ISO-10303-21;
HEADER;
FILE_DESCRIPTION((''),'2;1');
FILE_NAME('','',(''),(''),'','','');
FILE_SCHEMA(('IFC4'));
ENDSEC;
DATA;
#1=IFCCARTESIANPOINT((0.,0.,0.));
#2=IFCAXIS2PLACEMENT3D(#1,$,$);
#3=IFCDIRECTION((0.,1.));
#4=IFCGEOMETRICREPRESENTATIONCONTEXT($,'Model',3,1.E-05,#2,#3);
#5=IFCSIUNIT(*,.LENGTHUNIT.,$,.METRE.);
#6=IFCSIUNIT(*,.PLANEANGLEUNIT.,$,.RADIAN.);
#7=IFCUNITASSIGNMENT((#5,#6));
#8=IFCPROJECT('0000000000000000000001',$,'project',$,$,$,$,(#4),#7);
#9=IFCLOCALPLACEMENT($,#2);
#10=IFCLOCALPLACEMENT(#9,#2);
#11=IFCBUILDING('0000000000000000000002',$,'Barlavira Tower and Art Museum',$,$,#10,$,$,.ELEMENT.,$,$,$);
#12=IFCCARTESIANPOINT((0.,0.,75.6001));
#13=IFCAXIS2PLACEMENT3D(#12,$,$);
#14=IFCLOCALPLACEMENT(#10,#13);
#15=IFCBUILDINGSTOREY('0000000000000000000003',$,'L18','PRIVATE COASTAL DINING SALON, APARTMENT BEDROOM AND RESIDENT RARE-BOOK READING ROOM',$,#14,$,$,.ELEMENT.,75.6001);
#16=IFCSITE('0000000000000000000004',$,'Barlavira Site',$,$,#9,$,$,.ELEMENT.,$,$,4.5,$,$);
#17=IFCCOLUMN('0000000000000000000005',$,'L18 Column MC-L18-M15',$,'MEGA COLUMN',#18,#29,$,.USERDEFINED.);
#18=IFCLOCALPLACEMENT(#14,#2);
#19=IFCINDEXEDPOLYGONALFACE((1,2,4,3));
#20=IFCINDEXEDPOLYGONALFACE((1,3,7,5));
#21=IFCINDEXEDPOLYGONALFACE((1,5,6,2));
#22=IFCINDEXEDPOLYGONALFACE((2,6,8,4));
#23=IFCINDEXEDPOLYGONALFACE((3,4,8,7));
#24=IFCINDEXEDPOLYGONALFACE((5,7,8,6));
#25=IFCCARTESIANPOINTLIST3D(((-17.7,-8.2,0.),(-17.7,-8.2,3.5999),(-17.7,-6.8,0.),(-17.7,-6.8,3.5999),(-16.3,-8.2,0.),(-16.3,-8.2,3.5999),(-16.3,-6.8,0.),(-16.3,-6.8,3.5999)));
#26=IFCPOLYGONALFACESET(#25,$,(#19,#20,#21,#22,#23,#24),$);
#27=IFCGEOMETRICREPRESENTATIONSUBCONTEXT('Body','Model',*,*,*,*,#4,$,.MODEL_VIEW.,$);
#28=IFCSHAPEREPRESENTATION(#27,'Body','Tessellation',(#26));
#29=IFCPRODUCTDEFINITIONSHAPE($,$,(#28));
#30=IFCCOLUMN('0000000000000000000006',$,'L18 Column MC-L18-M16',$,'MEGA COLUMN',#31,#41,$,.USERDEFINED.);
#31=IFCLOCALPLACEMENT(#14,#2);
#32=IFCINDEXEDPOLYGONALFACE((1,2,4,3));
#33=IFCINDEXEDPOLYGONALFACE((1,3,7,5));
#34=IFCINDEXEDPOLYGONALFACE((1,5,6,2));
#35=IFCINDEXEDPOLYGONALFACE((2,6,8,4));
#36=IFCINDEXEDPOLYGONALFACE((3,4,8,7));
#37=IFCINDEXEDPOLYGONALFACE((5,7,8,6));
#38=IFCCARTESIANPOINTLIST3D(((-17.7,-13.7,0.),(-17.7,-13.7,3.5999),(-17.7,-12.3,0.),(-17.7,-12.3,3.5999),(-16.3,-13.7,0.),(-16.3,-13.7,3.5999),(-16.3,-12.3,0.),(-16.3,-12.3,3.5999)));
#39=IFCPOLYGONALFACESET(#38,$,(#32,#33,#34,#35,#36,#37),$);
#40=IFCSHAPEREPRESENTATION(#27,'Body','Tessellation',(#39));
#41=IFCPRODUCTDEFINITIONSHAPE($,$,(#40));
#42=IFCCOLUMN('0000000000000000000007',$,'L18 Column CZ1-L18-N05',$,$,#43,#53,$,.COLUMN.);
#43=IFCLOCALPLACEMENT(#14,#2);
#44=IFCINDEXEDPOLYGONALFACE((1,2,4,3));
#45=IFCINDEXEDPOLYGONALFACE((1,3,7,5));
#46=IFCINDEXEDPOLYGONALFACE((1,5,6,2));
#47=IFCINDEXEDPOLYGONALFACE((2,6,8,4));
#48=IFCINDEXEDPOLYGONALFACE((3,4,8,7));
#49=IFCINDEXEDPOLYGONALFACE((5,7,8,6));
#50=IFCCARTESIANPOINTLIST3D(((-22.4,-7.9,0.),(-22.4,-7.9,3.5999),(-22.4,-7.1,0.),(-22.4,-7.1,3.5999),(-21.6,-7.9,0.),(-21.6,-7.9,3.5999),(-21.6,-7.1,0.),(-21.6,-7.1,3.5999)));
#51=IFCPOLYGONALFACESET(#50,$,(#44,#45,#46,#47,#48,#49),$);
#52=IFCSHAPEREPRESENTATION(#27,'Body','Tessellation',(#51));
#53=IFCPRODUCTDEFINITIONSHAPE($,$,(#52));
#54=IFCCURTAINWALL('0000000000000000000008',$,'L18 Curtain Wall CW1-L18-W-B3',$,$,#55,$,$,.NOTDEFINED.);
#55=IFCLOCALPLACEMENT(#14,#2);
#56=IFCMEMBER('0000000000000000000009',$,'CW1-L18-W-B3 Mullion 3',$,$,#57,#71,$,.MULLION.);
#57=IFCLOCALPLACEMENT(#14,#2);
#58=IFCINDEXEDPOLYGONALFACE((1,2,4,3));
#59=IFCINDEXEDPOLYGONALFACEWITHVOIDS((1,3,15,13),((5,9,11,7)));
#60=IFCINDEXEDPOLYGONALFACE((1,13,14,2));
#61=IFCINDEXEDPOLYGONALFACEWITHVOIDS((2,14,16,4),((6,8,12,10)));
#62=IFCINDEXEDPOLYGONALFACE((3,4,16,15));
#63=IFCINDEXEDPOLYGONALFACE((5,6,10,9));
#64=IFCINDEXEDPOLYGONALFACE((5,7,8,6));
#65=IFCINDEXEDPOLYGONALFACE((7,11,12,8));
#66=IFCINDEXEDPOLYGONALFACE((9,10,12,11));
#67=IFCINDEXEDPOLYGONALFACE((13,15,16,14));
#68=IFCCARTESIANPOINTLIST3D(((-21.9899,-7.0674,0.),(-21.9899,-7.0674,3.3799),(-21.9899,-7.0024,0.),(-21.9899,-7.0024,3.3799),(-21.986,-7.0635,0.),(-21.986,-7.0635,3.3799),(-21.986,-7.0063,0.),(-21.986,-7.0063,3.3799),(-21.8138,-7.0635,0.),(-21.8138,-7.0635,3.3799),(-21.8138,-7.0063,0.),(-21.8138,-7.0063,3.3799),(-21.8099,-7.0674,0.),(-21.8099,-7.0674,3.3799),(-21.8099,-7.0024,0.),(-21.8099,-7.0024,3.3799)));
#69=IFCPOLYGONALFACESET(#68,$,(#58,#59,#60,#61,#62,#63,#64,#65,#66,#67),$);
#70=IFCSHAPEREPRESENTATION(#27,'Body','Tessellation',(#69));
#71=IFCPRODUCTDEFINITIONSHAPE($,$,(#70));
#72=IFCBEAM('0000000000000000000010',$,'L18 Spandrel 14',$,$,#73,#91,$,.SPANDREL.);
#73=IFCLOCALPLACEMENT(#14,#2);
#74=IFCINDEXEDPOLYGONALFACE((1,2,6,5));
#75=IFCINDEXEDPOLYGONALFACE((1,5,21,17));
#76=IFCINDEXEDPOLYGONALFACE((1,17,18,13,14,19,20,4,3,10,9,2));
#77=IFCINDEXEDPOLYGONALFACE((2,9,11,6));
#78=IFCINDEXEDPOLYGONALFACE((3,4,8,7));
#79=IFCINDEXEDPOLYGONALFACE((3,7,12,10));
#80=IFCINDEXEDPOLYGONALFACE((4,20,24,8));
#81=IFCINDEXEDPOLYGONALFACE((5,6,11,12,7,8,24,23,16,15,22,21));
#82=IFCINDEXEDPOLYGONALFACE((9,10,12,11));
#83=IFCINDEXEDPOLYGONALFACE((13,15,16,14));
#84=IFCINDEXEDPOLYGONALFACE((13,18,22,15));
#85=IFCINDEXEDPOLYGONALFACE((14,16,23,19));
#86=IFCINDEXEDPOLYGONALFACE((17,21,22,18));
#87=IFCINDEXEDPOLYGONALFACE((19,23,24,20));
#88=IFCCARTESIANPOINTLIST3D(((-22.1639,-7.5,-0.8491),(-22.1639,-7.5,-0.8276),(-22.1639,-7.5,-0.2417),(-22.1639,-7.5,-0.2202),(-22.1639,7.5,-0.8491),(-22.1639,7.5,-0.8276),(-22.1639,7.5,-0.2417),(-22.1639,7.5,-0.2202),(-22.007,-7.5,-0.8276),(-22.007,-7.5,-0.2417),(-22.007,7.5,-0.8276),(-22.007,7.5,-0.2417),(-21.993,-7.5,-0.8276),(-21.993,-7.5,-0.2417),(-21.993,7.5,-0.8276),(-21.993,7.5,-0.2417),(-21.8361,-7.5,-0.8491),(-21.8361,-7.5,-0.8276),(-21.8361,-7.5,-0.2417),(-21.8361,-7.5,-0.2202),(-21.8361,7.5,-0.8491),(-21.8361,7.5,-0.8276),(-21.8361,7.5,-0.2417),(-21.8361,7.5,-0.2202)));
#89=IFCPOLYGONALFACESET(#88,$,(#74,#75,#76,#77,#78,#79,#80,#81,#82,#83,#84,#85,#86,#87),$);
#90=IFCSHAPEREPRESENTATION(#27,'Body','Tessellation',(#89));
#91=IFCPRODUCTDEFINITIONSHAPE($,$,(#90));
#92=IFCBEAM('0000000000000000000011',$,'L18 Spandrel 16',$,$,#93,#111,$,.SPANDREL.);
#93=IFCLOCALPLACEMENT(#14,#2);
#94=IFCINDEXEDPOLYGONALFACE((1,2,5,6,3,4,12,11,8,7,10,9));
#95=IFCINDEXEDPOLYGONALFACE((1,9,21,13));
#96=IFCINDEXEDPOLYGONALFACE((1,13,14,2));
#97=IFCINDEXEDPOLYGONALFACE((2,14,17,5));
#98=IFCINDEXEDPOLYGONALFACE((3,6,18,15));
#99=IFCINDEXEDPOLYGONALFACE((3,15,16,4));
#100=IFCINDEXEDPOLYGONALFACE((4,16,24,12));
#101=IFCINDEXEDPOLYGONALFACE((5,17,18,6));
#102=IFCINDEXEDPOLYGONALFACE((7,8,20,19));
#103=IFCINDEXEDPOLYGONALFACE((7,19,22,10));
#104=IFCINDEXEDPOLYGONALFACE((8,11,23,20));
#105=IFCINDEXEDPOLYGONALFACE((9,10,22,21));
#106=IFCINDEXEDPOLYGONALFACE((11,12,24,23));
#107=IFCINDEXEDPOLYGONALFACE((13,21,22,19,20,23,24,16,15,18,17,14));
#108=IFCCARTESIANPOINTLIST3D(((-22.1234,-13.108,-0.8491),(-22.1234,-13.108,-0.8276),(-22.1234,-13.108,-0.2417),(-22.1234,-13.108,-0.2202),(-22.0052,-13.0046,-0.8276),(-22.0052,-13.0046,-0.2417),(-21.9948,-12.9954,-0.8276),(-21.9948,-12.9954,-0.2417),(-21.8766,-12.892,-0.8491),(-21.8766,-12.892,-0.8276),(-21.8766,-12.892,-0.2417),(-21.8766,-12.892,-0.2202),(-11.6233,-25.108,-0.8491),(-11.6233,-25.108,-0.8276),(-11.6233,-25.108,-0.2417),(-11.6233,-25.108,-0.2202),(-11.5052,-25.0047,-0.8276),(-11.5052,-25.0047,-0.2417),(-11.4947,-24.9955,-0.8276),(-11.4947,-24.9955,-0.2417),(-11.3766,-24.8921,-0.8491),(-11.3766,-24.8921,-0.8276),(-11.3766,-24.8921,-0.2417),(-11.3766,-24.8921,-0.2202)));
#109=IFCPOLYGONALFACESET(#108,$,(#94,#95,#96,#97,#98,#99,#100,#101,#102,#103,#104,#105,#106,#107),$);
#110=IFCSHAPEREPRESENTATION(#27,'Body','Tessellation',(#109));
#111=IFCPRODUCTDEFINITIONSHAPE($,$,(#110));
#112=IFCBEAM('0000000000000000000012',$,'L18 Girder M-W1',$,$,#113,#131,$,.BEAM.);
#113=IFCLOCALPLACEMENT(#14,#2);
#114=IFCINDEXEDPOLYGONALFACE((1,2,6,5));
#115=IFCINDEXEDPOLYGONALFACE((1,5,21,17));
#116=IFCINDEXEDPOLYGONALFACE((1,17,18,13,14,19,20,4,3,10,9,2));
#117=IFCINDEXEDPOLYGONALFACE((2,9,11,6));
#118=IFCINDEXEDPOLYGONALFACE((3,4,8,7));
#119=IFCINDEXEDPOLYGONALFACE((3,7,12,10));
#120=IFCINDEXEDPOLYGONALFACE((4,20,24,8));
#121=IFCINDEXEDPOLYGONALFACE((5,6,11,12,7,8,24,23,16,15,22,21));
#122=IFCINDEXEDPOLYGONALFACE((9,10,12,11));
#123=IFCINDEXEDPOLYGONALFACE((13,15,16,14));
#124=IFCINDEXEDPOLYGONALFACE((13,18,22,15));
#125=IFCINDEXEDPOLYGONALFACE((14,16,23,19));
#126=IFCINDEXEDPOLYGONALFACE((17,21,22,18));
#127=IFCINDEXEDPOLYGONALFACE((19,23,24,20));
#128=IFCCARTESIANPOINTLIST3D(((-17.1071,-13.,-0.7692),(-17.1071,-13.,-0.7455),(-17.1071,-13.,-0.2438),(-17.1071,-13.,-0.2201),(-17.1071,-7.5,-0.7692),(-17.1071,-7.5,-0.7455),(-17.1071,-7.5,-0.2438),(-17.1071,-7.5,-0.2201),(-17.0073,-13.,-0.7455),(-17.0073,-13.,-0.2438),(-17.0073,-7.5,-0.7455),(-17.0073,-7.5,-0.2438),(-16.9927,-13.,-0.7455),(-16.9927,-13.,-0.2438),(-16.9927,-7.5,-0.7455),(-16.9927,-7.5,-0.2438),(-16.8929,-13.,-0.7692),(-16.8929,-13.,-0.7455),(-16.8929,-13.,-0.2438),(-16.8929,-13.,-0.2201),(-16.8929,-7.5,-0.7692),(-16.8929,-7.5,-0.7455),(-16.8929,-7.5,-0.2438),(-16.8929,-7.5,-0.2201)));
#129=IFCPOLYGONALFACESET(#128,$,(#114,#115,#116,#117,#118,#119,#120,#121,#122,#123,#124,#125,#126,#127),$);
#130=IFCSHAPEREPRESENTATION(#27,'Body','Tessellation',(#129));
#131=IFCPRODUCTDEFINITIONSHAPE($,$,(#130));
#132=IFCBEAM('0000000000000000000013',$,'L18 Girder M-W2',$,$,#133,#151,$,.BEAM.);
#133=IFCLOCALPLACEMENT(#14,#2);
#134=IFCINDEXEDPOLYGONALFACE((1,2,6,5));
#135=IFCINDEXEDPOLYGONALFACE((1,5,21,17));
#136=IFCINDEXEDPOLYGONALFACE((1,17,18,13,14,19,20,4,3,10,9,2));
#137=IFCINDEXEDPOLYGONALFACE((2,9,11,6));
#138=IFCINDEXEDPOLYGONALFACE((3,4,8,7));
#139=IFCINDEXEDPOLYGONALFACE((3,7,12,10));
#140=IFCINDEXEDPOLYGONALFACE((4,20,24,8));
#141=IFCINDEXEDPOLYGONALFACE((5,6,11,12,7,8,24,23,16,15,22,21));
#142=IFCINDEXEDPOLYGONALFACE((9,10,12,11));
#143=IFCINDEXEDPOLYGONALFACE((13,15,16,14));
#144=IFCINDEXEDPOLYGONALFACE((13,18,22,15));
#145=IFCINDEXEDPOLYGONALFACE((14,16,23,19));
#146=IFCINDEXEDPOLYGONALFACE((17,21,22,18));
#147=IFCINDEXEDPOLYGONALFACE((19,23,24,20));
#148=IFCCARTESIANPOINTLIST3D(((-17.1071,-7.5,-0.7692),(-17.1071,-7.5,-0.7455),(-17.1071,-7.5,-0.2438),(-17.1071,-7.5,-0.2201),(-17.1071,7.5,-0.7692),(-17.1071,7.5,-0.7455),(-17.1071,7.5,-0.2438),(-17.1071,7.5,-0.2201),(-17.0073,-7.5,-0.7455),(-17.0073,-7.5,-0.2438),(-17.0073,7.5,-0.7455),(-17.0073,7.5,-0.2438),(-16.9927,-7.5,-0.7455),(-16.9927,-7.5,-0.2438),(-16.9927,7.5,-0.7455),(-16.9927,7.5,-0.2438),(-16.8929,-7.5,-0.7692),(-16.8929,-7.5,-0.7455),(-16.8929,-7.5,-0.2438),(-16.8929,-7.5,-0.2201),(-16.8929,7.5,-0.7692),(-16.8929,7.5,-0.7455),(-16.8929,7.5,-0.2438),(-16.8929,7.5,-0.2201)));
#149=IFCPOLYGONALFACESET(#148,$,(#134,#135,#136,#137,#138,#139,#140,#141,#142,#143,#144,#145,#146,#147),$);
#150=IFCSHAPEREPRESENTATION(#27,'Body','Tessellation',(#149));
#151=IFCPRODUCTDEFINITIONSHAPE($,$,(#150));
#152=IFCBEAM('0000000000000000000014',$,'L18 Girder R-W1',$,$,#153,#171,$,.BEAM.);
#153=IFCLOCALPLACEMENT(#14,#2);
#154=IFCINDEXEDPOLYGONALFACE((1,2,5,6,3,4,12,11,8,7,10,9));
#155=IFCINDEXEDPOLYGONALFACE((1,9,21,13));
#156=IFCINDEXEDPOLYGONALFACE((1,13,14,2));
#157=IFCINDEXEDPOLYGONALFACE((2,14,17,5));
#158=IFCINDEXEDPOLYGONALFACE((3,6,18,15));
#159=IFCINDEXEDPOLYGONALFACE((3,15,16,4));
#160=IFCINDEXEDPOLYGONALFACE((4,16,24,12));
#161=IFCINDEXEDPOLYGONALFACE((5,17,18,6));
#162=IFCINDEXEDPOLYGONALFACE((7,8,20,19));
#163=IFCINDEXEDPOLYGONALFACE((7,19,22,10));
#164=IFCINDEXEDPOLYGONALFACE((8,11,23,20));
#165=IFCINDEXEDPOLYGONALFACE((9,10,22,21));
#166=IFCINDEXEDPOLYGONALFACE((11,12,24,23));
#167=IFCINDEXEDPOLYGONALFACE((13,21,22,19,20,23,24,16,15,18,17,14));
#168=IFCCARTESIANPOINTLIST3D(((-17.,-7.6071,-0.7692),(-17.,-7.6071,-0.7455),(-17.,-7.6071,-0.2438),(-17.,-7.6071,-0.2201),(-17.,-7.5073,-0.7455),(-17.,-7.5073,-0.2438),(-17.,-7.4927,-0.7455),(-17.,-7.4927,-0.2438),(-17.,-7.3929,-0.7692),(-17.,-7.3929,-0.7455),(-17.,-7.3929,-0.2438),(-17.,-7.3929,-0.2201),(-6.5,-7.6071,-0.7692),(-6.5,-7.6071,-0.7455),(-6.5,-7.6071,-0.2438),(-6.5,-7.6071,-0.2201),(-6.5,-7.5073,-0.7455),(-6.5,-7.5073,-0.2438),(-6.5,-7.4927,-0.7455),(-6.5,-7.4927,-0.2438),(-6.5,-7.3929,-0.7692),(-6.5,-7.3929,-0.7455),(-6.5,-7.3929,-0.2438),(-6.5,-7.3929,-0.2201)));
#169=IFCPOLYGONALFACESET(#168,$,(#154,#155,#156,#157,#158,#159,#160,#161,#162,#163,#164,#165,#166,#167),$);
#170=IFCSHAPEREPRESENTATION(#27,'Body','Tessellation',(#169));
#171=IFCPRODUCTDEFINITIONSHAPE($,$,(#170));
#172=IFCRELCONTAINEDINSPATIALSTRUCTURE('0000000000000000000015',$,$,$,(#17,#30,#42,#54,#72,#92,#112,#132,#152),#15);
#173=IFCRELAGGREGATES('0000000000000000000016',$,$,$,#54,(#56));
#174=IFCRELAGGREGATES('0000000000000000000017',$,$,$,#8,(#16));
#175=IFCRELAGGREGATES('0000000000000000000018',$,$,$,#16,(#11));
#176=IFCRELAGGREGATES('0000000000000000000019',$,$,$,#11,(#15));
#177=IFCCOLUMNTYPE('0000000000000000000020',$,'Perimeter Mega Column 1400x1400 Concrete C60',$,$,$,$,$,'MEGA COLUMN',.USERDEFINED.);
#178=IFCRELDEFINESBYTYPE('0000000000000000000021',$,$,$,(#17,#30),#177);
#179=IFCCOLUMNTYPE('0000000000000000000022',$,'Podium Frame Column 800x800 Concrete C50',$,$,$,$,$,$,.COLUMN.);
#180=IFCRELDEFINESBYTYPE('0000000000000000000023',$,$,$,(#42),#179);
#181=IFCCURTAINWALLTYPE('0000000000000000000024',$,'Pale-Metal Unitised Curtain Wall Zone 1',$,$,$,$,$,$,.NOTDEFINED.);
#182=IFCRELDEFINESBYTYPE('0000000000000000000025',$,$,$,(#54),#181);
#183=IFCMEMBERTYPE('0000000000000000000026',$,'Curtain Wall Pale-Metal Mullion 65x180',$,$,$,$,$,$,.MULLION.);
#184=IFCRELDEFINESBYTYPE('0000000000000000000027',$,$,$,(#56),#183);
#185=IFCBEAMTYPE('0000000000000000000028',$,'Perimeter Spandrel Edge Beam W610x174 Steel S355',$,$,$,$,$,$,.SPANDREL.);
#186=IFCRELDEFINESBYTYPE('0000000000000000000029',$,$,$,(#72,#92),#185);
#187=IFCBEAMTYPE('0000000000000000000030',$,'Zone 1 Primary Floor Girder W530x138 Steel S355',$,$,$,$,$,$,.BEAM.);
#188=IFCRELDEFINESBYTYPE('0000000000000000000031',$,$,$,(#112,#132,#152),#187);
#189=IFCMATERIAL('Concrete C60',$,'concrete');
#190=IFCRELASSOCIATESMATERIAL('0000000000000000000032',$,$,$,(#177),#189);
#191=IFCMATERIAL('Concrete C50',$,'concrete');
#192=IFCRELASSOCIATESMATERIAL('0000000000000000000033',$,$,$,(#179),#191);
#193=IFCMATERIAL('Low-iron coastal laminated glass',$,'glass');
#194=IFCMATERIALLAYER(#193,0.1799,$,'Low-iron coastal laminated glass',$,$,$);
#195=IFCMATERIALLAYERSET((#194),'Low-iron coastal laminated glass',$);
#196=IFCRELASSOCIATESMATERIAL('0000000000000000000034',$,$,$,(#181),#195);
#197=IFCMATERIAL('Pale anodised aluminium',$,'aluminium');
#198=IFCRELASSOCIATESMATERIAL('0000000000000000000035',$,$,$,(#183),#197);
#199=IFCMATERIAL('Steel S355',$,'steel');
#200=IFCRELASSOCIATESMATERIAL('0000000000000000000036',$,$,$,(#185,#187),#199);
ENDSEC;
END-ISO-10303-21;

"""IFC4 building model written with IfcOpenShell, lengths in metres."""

from ifc_helpers import new_model, si_unit, direction, frame, origin, origin_2d, place, context, subcontext, project, spatial, rectangle, hollow_rectangle, i_section, extrude, material, layer, layer_set, material_profile, profile_set, type_object, element, aggregate, save


model = new_model("IFC4")

# Units and contexts
model_context = context("Model", 3, precision=1e-05, world=origin(), true_north=direction((0.0, 1.0)))
body_context = subcontext(model_context, "Body", "Model", "MODEL_VIEW")
ifc_project = project(units=[si_unit("LENGTHUNIT", "METRE"), si_unit("PLANEANGLEUNIT", "RADIAN")], contexts=[model_context])

# Site, building, storey
site_placement = place(None, origin())
site = spatial("IfcSite", under=ifc_project, at=site_placement, Name="Barlavira Site", CompositionType="ELEMENT", RefElevation=4.5)
building_placement = place(site_placement, origin())
building = spatial("IfcBuilding", under=site, at=building_placement, Name="Barlavira Tower and Art Museum", CompositionType="ELEMENT")
storey_placement = place(building_placement, frame((0.0, 0.0, 75.6001)))
storey = spatial("IfcBuildingStorey", under=building, at=storey_placement, Name="L18", Description="PRIVATE COASTAL DINING SALON, APARTMENT BEDROOM AND RESIDENT RARE-BOOK READING ROOM", CompositionType="ELEMENT", Elevation=75.6001)

# Columns
ifc_material_1 = material(Name="Concrete C60", Category="concrete")
ifc_material_profile_1 = material_profile(ifc_material_1, rectangle(XDim=1.3999, YDim=1.3999, at=origin_2d()), Name="RC-MCOL 1400x1400")
ifc_profile_set_1 = profile_set([ifc_material_profile_1], Name="Concrete C60")
column_type_1 = type_object("IfcColumnType", Name="Perimeter Mega Column 1400x1400 Concrete C60", ElementType="MEGA COLUMN", PredefinedType="USERDEFINED", material=ifc_profile_set_1)
for number, where, z_axis, x_axis, name in (
    (1, (-17.0, -7.5, 0.0), (0.0, 0.0, 1.0), (1.0, 0.0, 0.0), "L18 Column MC-L18-M15"),
    (2, (-17.0, -13.0, 0.0), (0.0, 0.0, 1.0), (1.0, 0.0, 0.0), "L18 Column MC-L18-M16"),
):
    element("IfcColumn", number, at=place(storey_placement, frame(where, z_axis=z_axis, x_axis=x_axis)), inside=storey, type_object=column_type_1, Name=name, ObjectType="MEGA COLUMN", PredefinedType="USERDEFINED", context=body_context, shape_type="SweptSolid", body=[
        extrude(rectangle(XDim=1.3999, YDim=1.3999, at=origin_2d()), origin(), (0.0, 0.0, 1.0), 3.5999),
    ])
ifc_material_2 = material(Name="Concrete C50", Category="concrete")
ifc_material_profile_2 = material_profile(ifc_material_2, rectangle(XDim=0.8, YDim=0.8, at=origin_2d()), Name="RC-COL 800x800")
ifc_profile_set_2 = profile_set([ifc_material_profile_2], Name="Concrete C50")
column_type_2 = type_object("IfcColumnType", Name="Podium Frame Column 800x800 Concrete C50", PredefinedType="COLUMN", material=ifc_profile_set_2)
column_placement = place(storey_placement, frame((-22.0, -7.5, 0.0), z_axis=(0.0, 0.0, 1.0), x_axis=(1.0, 0.0, 0.0)))
element("IfcColumn", 3, at=column_placement, inside=storey, type_object=column_type_2, Name="L18 Column CZ1-L18-N05", PredefinedType="COLUMN", context=body_context, shape_type="SweptSolid", body=[
    extrude(rectangle(XDim=0.8, YDim=0.8, at=origin_2d()), origin(), (0.0, 0.0, 1.0), 3.5999),
])

# Curtain wall, member
ifc_material_3 = material(Name="Low-iron coastal laminated glass", Category="glass")
ifc_layer_1 = layer(ifc_material_3, 0.1799, Name="Low-iron coastal laminated glass")
ifc_layer_set_1 = layer_set([ifc_layer_1], Name="Low-iron coastal laminated glass")
curtain_wall_type = type_object("IfcCurtainWallType", Name="Pale-Metal Unitised Curtain Wall Zone 1", PredefinedType="NOTDEFINED", material=ifc_layer_set_1)
curtain_wall_placement = place(storey_placement, origin())
curtain_wall = element("IfcCurtainWall", 4, at=curtain_wall_placement, inside=storey, type_object=curtain_wall_type, Name="L18 Curtain Wall CW1-L18-W-B3", PredefinedType="NOTDEFINED")
ifc_material_4 = material(Name="Pale anodised aluminium", Category="aluminium")
ifc_material_profile_3 = material_profile(ifc_material_4, hollow_rectangle(XDim=0.0649, YDim=0.1799, WallThickness=0.0039, at=origin_2d()), Name="ALU-MULL 65x180x4")
ifc_profile_set_3 = profile_set([ifc_material_profile_3], Name="Pale anodised aluminium")
member_type = type_object("IfcMemberType", Name="Curtain Wall Pale-Metal Mullion 65x180", PredefinedType="MULLION", material=ifc_profile_set_3)
member_placement = place(storey_placement, frame((-21.8999, -7.0349, 0.0), z_axis=(0.0, 0.0, 1.0), x_axis=(0.0, -1.0, 0.0)))
member = element("IfcMember", 5, at=member_placement, type_object=member_type, Name="CW1-L18-W-B3 Mullion 3", PredefinedType="MULLION", context=body_context, shape_type="SweptSolid", body=[
    extrude(hollow_rectangle(XDim=0.0649, YDim=0.1799, WallThickness=0.0039, at=origin_2d()), origin(), (0.0, 0.0, 1.0), 3.3799),
])

# Beams
ifc_material_5 = material(Name="Steel S355", Category="steel")
ifc_material_profile_4 = material_profile(ifc_material_5, i_section(OverallWidth=0.3279, OverallDepth=0.6289, WebThickness=0.0139, FlangeThickness=0.0215, at=origin_2d()), Name="W610x174.0")
ifc_profile_set_4 = profile_set([ifc_material_profile_4], Name="Steel S355")
beam_type_1 = type_object("IfcBeamType", Name="Perimeter Spandrel Edge Beam W610x174 Steel S355", PredefinedType="SPANDREL", material=ifc_profile_set_4)
beam_1_placement = place(storey_placement, frame((-22.0, -7.5, -0.5347), z_axis=(0.0, 1.0, 0.0), x_axis=(-1.0, 0.0, 0.0)))
element("IfcBeam", 6, at=beam_1_placement, inside=storey, type_object=beam_type_1, Name="L18 Spandrel 14", PredefinedType="SPANDREL", context=body_context, shape_type="SweptSolid", body=[
    extrude(i_section(OverallWidth=0.3279, OverallDepth=0.6289, WebThickness=0.0139, FlangeThickness=0.0215, at=origin_2d()), origin(), (0.0, 0.0, 1.0), 15.0),
])
beam_2_placement = place(storey_placement, frame((-22.0, -13.0, -0.5347), z_axis=(0.658505, -0.752577, 0.0), x_axis=(0.752577, 0.658505, 0.0)))
element("IfcBeam", 7, at=beam_2_placement, inside=storey, type_object=beam_type_1, Name="L18 Spandrel 16", PredefinedType="SPANDREL", context=body_context, shape_type="SweptSolid", body=[
    extrude(i_section(OverallWidth=0.3279, OverallDepth=0.6289, WebThickness=0.0139, FlangeThickness=0.0215, at=origin_2d()), origin(), (0.0, 0.0, 1.0), 15.9453),
])
ifc_material_profile_5 = material_profile(ifc_material_5, i_section(OverallWidth=0.2141, OverallDepth=0.5491, WebThickness=0.0146, FlangeThickness=0.0237, at=origin_2d()), Name="W530x138.0")
ifc_profile_set_5 = profile_set([ifc_material_profile_5], Name="Steel S355")
beam_type_2 = type_object("IfcBeamType", Name="Zone 1 Primary Floor Girder W530x138 Steel S355", PredefinedType="BEAM", material=ifc_profile_set_5)
beam_3_placement = place(storey_placement, frame((-17.0, -13.0, -0.4946), z_axis=(0.0, 1.0, 0.0), x_axis=(-1.0, 0.0, 0.0)))
element("IfcBeam", 8, at=beam_3_placement, inside=storey, type_object=beam_type_2, Name="L18 Girder M-W1", PredefinedType="BEAM", context=body_context, shape_type="SweptSolid", body=[
    extrude(i_section(OverallWidth=0.2141, OverallDepth=0.5491, WebThickness=0.0146, FlangeThickness=0.0237, at=origin_2d()), origin(), (0.0, 0.0, 1.0), 5.5),
])
beam_4_placement = place(storey_placement, frame((-17.0, -7.5, -0.4946), z_axis=(0.0, 1.0, 0.0), x_axis=(-1.0, 0.0, 0.0)))
element("IfcBeam", 9, at=beam_4_placement, inside=storey, type_object=beam_type_2, Name="L18 Girder M-W2", PredefinedType="BEAM", context=body_context, shape_type="SweptSolid", body=[
    extrude(i_section(OverallWidth=0.2141, OverallDepth=0.5491, WebThickness=0.0146, FlangeThickness=0.0237, at=origin_2d()), origin(), (0.0, 0.0, 1.0), 15.0),
])
beam_5_placement = place(storey_placement, frame((-17.0, -7.5, -0.4946), z_axis=(1.0, 0.0, 0.0), x_axis=(0.0, 1.0, 0.0)))
element("IfcBeam", 10, at=beam_5_placement, inside=storey, type_object=beam_type_2, Name="L18 Girder R-W1", PredefinedType="BEAM", context=body_context, shape_type="SweptSolid", body=[
    extrude(i_section(OverallWidth=0.2141, OverallDepth=0.5491, WebThickness=0.0146, FlangeThickness=0.0237, at=origin_2d()), origin(), (0.0, 0.0, 1.0), 10.5),
])

aggregate(curtain_wall, [member])

save(model, "model.ifc")
